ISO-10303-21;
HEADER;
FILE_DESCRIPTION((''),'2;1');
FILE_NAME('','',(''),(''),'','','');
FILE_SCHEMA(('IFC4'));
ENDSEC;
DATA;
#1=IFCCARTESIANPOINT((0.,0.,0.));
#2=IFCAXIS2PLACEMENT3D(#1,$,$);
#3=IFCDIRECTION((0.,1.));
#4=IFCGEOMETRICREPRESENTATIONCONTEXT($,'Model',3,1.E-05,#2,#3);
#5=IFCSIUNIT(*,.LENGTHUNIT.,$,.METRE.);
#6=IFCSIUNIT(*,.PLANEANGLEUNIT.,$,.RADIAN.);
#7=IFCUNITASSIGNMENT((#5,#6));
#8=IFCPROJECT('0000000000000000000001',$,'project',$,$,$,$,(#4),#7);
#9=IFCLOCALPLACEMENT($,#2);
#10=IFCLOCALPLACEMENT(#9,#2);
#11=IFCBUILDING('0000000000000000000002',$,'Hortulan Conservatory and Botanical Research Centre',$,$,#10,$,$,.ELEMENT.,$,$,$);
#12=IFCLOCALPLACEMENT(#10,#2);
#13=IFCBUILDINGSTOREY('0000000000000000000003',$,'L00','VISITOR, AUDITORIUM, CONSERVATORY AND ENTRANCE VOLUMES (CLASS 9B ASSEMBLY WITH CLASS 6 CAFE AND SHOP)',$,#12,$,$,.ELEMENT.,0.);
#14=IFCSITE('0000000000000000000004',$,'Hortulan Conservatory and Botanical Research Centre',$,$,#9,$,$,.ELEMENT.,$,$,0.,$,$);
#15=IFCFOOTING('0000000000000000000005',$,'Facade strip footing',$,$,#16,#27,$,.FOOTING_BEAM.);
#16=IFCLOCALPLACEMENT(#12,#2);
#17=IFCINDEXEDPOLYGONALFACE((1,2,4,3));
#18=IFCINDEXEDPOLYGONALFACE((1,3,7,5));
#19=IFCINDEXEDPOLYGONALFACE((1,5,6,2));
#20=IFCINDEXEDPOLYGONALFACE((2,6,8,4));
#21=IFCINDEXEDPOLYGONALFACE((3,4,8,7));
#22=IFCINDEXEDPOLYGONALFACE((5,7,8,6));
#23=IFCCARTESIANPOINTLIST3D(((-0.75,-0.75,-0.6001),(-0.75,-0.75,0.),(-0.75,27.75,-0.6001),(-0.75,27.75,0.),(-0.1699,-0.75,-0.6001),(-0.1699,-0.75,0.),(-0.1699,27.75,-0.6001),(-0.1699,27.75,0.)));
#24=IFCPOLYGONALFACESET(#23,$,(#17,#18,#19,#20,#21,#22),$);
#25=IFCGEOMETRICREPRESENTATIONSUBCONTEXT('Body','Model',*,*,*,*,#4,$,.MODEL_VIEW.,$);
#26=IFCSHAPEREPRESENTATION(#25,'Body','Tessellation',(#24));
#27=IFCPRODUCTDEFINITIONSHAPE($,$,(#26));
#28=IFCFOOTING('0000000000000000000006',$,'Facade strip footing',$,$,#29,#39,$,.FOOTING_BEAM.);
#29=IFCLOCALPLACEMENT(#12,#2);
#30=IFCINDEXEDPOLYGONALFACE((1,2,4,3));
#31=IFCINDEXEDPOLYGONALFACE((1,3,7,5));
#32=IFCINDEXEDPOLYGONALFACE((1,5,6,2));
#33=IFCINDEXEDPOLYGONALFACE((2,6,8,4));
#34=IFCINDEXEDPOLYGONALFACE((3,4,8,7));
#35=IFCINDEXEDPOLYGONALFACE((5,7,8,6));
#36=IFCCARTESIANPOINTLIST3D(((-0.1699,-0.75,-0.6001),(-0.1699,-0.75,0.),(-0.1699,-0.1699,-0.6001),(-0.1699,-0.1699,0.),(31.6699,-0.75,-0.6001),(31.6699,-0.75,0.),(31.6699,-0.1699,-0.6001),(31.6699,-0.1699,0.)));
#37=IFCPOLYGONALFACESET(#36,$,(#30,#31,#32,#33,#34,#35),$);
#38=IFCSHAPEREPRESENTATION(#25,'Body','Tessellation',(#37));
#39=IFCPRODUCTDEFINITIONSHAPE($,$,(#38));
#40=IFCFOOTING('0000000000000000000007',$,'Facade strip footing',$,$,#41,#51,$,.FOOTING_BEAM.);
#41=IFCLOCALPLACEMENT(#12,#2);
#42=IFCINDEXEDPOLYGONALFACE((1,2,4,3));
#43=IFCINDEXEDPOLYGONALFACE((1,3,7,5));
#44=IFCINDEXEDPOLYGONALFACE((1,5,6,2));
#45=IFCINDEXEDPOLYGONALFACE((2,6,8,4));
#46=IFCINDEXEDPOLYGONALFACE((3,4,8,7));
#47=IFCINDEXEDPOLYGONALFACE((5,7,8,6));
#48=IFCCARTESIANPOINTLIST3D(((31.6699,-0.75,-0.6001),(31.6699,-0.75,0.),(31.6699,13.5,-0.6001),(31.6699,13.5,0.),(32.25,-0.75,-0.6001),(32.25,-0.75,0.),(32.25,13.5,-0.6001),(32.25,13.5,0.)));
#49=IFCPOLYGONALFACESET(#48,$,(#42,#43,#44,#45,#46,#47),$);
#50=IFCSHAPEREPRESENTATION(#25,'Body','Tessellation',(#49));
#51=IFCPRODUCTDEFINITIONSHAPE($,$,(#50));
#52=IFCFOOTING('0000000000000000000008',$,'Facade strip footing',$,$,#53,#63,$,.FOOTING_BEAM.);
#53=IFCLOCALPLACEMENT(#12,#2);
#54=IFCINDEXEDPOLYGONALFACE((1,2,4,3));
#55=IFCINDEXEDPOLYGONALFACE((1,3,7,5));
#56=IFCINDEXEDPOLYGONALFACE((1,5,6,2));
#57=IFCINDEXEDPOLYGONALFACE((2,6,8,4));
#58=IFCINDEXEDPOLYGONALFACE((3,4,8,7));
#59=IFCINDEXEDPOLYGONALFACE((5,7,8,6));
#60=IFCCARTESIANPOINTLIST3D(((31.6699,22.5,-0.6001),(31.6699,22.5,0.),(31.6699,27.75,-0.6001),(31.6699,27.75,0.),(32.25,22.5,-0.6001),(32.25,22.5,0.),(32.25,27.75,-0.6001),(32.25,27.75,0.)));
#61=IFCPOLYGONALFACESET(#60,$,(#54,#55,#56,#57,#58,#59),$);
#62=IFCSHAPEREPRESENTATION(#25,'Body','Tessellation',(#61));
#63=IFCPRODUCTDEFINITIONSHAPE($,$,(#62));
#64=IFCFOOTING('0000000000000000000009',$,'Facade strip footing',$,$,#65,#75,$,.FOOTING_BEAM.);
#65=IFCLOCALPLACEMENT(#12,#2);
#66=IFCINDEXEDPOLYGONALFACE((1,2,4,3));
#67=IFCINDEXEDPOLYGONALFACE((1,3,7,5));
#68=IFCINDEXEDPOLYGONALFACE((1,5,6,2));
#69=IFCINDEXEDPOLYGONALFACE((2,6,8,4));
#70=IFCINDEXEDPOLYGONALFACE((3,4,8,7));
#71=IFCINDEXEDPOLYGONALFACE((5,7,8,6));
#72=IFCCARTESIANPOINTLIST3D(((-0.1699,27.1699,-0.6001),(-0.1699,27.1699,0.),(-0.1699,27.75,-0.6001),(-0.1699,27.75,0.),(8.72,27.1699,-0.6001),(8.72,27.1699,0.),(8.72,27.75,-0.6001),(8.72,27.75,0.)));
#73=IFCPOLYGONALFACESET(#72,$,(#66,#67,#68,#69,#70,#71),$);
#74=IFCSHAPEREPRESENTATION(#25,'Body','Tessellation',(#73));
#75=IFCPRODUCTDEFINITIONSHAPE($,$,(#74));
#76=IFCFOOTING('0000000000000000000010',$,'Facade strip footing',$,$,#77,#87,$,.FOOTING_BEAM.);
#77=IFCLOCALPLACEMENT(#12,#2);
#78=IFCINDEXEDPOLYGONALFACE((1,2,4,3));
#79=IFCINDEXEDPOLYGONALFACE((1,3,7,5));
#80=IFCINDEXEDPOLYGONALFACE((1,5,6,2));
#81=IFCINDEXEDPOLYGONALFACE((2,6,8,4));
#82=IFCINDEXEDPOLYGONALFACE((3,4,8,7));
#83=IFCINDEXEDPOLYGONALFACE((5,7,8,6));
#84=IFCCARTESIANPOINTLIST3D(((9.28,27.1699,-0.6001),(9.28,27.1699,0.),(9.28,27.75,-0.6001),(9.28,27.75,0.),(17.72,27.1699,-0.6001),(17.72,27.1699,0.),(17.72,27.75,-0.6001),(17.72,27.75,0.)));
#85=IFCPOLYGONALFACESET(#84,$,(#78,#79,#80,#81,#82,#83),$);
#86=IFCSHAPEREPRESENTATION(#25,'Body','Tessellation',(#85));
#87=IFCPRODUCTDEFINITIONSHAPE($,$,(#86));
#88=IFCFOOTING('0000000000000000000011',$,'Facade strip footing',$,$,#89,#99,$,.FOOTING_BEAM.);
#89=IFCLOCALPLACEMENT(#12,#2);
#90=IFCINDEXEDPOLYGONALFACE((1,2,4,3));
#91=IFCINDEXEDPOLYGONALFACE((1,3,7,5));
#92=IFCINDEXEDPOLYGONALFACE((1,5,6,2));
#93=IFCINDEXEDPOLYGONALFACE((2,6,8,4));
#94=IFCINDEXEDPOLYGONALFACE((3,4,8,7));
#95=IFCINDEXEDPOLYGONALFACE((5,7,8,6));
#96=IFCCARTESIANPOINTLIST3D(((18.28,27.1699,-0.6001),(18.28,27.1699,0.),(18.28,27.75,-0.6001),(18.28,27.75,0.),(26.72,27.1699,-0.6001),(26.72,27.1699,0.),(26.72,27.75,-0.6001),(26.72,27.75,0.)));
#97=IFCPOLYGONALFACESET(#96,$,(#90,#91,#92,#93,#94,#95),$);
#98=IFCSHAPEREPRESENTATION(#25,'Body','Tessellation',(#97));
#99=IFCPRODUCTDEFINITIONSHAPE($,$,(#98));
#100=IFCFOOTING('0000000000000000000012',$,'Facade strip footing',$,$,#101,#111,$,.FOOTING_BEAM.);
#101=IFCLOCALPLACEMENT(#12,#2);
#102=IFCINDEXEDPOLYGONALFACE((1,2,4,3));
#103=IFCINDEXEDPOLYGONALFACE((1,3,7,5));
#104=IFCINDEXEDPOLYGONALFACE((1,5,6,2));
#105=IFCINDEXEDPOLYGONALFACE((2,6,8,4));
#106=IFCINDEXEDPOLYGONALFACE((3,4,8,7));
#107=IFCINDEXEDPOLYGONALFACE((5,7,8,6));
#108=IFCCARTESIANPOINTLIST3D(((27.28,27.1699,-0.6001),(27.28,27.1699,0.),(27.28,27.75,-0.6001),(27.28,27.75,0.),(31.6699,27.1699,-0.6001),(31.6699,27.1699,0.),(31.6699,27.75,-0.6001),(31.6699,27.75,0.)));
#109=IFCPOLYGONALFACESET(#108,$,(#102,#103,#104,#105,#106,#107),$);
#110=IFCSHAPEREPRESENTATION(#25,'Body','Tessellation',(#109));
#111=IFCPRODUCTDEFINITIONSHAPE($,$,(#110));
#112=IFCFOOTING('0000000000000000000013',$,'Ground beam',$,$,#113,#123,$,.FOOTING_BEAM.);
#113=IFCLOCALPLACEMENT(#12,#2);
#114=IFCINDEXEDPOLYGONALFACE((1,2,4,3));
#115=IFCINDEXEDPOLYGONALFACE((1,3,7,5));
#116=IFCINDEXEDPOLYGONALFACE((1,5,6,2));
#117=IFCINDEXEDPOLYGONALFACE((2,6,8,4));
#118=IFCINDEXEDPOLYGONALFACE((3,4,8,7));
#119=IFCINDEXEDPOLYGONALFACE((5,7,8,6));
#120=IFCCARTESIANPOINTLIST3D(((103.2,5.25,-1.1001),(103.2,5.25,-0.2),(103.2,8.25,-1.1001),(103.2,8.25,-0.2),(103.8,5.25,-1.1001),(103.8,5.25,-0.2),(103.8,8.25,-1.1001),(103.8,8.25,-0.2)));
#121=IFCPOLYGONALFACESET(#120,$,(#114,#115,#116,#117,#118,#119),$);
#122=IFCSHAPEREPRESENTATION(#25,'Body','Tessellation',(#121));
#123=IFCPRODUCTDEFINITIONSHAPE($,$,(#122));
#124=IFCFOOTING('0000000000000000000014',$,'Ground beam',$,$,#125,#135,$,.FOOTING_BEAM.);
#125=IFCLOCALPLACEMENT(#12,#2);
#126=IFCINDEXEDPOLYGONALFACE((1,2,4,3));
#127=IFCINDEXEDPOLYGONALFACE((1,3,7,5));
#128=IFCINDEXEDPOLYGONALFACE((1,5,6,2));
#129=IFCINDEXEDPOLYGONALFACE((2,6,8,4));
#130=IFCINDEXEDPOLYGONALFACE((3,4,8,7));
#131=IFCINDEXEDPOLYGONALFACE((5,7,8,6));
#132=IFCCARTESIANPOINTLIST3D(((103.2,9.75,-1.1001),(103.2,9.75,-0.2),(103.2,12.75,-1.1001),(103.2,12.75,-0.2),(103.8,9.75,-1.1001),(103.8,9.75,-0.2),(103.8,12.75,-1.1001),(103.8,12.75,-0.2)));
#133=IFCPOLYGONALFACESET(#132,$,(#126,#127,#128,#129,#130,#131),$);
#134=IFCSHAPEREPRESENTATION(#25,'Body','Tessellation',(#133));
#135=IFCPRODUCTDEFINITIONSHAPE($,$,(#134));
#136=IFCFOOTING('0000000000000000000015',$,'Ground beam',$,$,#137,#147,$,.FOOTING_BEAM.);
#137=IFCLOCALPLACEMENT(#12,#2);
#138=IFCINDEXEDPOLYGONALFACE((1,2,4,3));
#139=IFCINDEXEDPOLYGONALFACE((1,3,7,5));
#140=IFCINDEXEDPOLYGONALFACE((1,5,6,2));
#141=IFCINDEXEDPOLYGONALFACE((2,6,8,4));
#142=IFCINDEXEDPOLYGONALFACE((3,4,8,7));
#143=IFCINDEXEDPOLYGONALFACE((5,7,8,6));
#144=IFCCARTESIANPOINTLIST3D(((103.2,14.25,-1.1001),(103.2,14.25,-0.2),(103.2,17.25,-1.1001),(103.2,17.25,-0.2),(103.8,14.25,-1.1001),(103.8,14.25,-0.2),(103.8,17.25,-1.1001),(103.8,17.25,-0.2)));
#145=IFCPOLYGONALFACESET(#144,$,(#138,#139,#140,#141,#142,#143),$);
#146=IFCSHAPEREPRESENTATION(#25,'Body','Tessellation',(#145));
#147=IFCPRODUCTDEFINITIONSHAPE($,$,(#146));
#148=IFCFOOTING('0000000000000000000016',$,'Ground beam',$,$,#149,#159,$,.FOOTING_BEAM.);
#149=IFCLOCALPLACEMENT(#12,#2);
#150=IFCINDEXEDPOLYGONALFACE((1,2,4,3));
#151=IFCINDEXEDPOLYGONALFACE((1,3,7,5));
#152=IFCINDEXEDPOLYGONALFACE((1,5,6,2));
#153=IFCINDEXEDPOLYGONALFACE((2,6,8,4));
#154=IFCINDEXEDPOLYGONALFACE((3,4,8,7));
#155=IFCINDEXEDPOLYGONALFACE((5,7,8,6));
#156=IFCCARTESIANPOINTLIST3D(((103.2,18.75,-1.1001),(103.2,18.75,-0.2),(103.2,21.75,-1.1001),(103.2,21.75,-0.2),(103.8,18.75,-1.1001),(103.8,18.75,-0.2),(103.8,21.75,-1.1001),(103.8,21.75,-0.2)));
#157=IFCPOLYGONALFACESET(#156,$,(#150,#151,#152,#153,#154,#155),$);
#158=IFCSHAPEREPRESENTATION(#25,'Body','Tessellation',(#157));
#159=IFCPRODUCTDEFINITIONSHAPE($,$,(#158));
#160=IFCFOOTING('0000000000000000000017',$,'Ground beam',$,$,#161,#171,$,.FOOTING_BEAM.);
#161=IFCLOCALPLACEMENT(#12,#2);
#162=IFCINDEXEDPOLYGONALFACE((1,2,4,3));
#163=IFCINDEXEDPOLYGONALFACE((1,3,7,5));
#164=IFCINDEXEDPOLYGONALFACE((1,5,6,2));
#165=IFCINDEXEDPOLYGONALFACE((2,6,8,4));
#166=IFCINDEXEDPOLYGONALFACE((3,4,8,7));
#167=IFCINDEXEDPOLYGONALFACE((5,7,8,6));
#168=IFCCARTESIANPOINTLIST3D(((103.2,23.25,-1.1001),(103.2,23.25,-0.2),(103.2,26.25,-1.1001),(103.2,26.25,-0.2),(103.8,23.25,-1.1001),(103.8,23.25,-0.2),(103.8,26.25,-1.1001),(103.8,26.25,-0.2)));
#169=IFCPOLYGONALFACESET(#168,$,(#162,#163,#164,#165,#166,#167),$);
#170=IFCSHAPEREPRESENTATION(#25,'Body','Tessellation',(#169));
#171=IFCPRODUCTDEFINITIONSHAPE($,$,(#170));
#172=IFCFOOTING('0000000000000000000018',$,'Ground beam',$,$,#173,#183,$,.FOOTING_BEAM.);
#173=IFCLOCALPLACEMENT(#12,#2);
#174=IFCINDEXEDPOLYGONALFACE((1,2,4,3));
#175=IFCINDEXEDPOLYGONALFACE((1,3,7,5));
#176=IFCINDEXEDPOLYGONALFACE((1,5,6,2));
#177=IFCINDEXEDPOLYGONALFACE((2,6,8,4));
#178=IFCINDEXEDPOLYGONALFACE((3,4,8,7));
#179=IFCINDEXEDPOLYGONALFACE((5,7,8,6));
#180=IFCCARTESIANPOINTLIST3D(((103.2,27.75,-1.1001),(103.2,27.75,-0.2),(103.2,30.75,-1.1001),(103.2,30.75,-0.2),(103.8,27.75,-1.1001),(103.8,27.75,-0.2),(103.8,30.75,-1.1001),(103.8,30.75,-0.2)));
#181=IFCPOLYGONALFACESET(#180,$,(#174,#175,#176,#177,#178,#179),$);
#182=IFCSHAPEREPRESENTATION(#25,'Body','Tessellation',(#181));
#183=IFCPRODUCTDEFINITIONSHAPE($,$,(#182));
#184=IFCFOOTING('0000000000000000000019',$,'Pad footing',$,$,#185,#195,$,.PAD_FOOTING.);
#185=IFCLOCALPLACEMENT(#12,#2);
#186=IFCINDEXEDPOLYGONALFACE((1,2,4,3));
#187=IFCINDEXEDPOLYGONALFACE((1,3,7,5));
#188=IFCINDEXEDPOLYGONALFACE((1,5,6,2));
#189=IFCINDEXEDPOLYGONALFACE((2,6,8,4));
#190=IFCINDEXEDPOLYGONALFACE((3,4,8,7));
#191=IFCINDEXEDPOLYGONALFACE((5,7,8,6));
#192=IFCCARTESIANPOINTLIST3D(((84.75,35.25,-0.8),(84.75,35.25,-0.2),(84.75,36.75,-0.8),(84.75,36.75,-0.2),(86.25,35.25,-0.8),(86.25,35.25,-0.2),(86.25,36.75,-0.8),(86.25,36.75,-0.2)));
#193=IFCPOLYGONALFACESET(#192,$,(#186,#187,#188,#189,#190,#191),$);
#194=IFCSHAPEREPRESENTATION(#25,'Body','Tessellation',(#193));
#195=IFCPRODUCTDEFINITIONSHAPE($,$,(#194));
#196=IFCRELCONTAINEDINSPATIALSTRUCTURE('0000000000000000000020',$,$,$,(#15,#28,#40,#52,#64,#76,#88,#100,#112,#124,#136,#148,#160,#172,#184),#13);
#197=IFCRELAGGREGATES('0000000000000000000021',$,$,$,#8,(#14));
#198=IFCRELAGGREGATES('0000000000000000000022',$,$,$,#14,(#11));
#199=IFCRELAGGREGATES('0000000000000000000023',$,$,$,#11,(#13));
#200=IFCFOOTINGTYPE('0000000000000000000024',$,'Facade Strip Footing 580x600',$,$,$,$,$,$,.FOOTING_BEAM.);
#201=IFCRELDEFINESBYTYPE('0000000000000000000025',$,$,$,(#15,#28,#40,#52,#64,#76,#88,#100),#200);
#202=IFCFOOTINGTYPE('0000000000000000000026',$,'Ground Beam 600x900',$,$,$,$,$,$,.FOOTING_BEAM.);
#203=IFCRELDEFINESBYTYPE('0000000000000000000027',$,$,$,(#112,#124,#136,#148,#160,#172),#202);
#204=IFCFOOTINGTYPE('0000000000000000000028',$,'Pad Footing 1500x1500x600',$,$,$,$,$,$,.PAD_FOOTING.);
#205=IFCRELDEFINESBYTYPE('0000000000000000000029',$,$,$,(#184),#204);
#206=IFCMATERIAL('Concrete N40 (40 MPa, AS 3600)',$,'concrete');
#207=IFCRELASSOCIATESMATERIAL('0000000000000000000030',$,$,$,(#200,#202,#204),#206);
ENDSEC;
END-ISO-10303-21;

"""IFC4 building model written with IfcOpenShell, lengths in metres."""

from ifc_helpers import new_model, si_unit, direction, frame, origin, place, context, subcontext, project, spatial, polyline, outline, extrude, material, type_object, element, save


model = new_model("IFC4")

# Units and contexts
model_context = context("Model", 3, precision=1e-05, world=origin(), true_north=direction((0.0, 1.0)))
body_context = subcontext(model_context, "Body", "Model", "MODEL_VIEW")
ifc_project = project(units=[si_unit("LENGTHUNIT", "METRE"), si_unit("PLANEANGLEUNIT", "RADIAN")], contexts=[model_context])

# Site, building, storey
site_placement = place(None, origin())
site = spatial("IfcSite", under=ifc_project, at=site_placement, Name="Hortulan Conservatory and Botanical Research Centre", CompositionType="ELEMENT", RefElevation=0.0)
building_placement = place(site_placement, origin())
building = spatial("IfcBuilding", under=site, at=building_placement, Name="Hortulan Conservatory and Botanical Research Centre", CompositionType="ELEMENT")
storey_placement = place(building_placement, origin())
storey = spatial("IfcBuildingStorey", under=building, at=storey_placement, Name="L00", Description="VISITOR, AUDITORIUM, CONSERVATORY AND ENTRANCE VOLUMES (CLASS 9B ASSEMBLY WITH CLASS 6 CAFE AND SHOP)", CompositionType="ELEMENT", Elevation=0.0)

# Footings
ifc_material = material(Name="Concrete N40 (40 MPa, AS 3600)", Category="concrete")
footing_type_1 = type_object("IfcFootingType", Name="Facade Strip Footing 580x600", PredefinedType="FOOTING_BEAM", material=ifc_material)
footing_1_placement = place(storey_placement, frame((0.0, 0.0, -0.6001)))
element("IfcFooting", 1, at=footing_1_placement, inside=storey, type_object=footing_type_1, Name="Facade strip footing", PredefinedType="FOOTING_BEAM", context=body_context, shape_type="SweptSolid", body=[
    extrude(outline(polyline([(-0.1699, -0.75), (-0.1699, 27.75), (-0.75, 27.75), (-0.75, -0.75), (-0.1699, -0.75)])), origin(), (0.0, 0.0, 1.0), 0.6001),
])
footing_2_placement = place(storey_placement, frame((0.0, 0.0, -0.6001)))
element("IfcFooting", 2, at=footing_2_placement, inside=storey, type_object=footing_type_1, Name="Facade strip footing", PredefinedType="FOOTING_BEAM", context=body_context, shape_type="SweptSolid", body=[
    extrude(outline(polyline([(31.6699, -0.75), (31.6699, -0.1699), (-0.1699, -0.1699), (-0.1699, -0.75), (31.6699, -0.75)])), origin(), (0.0, 0.0, 1.0), 0.6001),
])
footing_3_placement = place(storey_placement, frame((0.0, 0.0, -0.6001)))
element("IfcFooting", 3, at=footing_3_placement, inside=storey, type_object=footing_type_1, Name="Facade strip footing", PredefinedType="FOOTING_BEAM", context=body_context, shape_type="SweptSolid", body=[
    extrude(outline(polyline([(32.25, -0.75), (32.25, 13.5), (31.6699, 13.5), (31.6699, -0.75), (32.25, -0.75)])), origin(), (0.0, 0.0, 1.0), 0.6001),
])
footing_4_placement = place(storey_placement, frame((0.0, 0.0, -0.6001)))
element("IfcFooting", 4, at=footing_4_placement, inside=storey, type_object=footing_type_1, Name="Facade strip footing", PredefinedType="FOOTING_BEAM", context=body_context, shape_type="SweptSolid", body=[
    extrude(outline(polyline([(31.6699, 27.75), (31.6699, 22.5), (32.25, 22.5), (32.25, 27.75), (31.6699, 27.75)])), origin(), (0.0, 0.0, 1.0), 0.6001),
])
footing_5_placement = place(storey_placement, frame((0.0, 0.0, -0.6001)))
element("IfcFooting", 5, at=footing_5_placement, inside=storey, type_object=footing_type_1, Name="Facade strip footing", PredefinedType="FOOTING_BEAM", context=body_context, shape_type="SweptSolid", body=[
    extrude(outline(polyline([(-0.1699, 27.1699), (8.72, 27.1699), (8.72, 27.75), (-0.1699, 27.75), (-0.1699, 27.1699)])), origin(), (0.0, 0.0, 1.0), 0.6001),
])
footing_6_placement = place(storey_placement, frame((0.0, 0.0, -0.6001)))
element("IfcFooting", 6, at=footing_6_placement, inside=storey, type_object=footing_type_1, Name="Facade strip footing", PredefinedType="FOOTING_BEAM", context=body_context, shape_type="SweptSolid", body=[
    extrude(outline(polyline([(17.72, 27.75), (9.28, 27.75), (9.28, 27.1699), (17.72, 27.1699), (17.72, 27.75)])), origin(), (0.0, 0.0, 1.0), 0.6001),
])
footing_7_placement = place(storey_placement, frame((0.0, 0.0, -0.6001)))
element("IfcFooting", 7, at=footing_7_placement, inside=storey, type_object=footing_type_1, Name="Facade strip footing", PredefinedType="FOOTING_BEAM", context=body_context, shape_type="SweptSolid", body=[
    extrude(outline(polyline([(26.72, 27.75), (18.28, 27.75), (18.28, 27.1699), (26.72, 27.1699), (26.72, 27.75)])), origin(), (0.0, 0.0, 1.0), 0.6001),
])
footing_8_placement = place(storey_placement, frame((0.0, 0.0, -0.6001)))
element("IfcFooting", 8, at=footing_8_placement, inside=storey, type_object=footing_type_1, Name="Facade strip footing", PredefinedType="FOOTING_BEAM", context=body_context, shape_type="SweptSolid", body=[
    extrude(outline(polyline([(31.6699, 27.75), (27.28, 27.75), (27.28, 27.1699), (31.6699, 27.1699), (31.6699, 27.75)])), origin(), (0.0, 0.0, 1.0), 0.6001),
])
footing_type_2 = type_object("IfcFootingType", Name="Ground Beam 600x900", PredefinedType="FOOTING_BEAM", material=ifc_material)
footing_9_placement = place(storey_placement, frame((0.0, 0.0, -1.1001)))
element("IfcFooting", 9, at=footing_9_placement, inside=storey, type_object=footing_type_2, Name="Ground beam", PredefinedType="FOOTING_BEAM", context=body_context, shape_type="SweptSolid", body=[
    extrude(outline(polyline([(103.8, 5.25), (103.8, 8.25), (103.2, 8.25), (103.2, 5.25), (103.8, 5.25)])), origin(), (0.0, 0.0, 1.0), 0.9001),
])
footing_10_placement = place(storey_placement, frame((0.0, 0.0, -1.1001)))
element("IfcFooting", 10, at=footing_10_placement, inside=storey, type_object=footing_type_2, Name="Ground beam", PredefinedType="FOOTING_BEAM", context=body_context, shape_type="SweptSolid", body=[
    extrude(outline(polyline([(103.8, 9.75), (103.8, 12.75), (103.2, 12.75), (103.2, 9.75), (103.8, 9.75)])), origin(), (0.0, 0.0, 1.0), 0.9001),
])
footing_11_placement = place(storey_placement, frame((0.0, 0.0, -1.1001)))
element("IfcFooting", 11, at=footing_11_placement, inside=storey, type_object=footing_type_2, Name="Ground beam", PredefinedType="FOOTING_BEAM", context=body_context, shape_type="SweptSolid", body=[
    extrude(outline(polyline([(103.8, 14.25), (103.8, 17.25), (103.2, 17.25), (103.2, 14.25), (103.8, 14.25)])), origin(), (0.0, 0.0, 1.0), 0.9001),
])
footing_12_placement = place(storey_placement, frame((0.0, 0.0, -1.1001)))
element("IfcFooting", 12, at=footing_12_placement, inside=storey, type_object=footing_type_2, Name="Ground beam", PredefinedType="FOOTING_BEAM", context=body_context, shape_type="SweptSolid", body=[
    extrude(outline(polyline([(103.8, 18.75), (103.8, 21.75), (103.2, 21.75), (103.2, 18.75), (103.8, 18.75)])), origin(), (0.0, 0.0, 1.0), 0.9001),
])
footing_13_placement = place(storey_placement, frame((0.0, 0.0, -1.1001)))
element("IfcFooting", 13, at=footing_13_placement, inside=storey, type_object=footing_type_2, Name="Ground beam", PredefinedType="FOOTING_BEAM", context=body_context, shape_type="SweptSolid", body=[
    extrude(outline(polyline([(103.8, 23.25), (103.8, 26.25), (103.2, 26.25), (103.2, 23.25), (103.8, 23.25)])), origin(), (0.0, 0.0, 1.0), 0.9001),
])
footing_14_placement = place(storey_placement, frame((0.0, 0.0, -1.1001)))
element("IfcFooting", 14, at=footing_14_placement, inside=storey, type_object=footing_type_2, Name="Ground beam", PredefinedType="FOOTING_BEAM", context=body_context, shape_type="SweptSolid", body=[
    extrude(outline(polyline([(103.8, 27.75), (103.8, 30.75), (103.2, 30.75), (103.2, 27.75), (103.8, 27.75)])), origin(), (0.0, 0.0, 1.0), 0.9001),
])
footing_type_3 = type_object("IfcFootingType", Name="Pad Footing 1500x1500x600", PredefinedType="PAD_FOOTING", material=ifc_material)
footing_15_placement = place(storey_placement, frame((0.0, 0.0, -0.8)))
element("IfcFooting", 15, at=footing_15_placement, inside=storey, type_object=footing_type_3, Name="Pad footing", PredefinedType="PAD_FOOTING", context=body_context, shape_type="SweptSolid", body=[
    extrude(outline(polyline([(84.75, 35.25), (86.25, 35.25), (86.25, 36.75), (84.75, 36.75), (84.75, 35.25)])), origin(), (0.0, 0.0, 1.0), 0.6001),
])

save(model, "model.ifc")
